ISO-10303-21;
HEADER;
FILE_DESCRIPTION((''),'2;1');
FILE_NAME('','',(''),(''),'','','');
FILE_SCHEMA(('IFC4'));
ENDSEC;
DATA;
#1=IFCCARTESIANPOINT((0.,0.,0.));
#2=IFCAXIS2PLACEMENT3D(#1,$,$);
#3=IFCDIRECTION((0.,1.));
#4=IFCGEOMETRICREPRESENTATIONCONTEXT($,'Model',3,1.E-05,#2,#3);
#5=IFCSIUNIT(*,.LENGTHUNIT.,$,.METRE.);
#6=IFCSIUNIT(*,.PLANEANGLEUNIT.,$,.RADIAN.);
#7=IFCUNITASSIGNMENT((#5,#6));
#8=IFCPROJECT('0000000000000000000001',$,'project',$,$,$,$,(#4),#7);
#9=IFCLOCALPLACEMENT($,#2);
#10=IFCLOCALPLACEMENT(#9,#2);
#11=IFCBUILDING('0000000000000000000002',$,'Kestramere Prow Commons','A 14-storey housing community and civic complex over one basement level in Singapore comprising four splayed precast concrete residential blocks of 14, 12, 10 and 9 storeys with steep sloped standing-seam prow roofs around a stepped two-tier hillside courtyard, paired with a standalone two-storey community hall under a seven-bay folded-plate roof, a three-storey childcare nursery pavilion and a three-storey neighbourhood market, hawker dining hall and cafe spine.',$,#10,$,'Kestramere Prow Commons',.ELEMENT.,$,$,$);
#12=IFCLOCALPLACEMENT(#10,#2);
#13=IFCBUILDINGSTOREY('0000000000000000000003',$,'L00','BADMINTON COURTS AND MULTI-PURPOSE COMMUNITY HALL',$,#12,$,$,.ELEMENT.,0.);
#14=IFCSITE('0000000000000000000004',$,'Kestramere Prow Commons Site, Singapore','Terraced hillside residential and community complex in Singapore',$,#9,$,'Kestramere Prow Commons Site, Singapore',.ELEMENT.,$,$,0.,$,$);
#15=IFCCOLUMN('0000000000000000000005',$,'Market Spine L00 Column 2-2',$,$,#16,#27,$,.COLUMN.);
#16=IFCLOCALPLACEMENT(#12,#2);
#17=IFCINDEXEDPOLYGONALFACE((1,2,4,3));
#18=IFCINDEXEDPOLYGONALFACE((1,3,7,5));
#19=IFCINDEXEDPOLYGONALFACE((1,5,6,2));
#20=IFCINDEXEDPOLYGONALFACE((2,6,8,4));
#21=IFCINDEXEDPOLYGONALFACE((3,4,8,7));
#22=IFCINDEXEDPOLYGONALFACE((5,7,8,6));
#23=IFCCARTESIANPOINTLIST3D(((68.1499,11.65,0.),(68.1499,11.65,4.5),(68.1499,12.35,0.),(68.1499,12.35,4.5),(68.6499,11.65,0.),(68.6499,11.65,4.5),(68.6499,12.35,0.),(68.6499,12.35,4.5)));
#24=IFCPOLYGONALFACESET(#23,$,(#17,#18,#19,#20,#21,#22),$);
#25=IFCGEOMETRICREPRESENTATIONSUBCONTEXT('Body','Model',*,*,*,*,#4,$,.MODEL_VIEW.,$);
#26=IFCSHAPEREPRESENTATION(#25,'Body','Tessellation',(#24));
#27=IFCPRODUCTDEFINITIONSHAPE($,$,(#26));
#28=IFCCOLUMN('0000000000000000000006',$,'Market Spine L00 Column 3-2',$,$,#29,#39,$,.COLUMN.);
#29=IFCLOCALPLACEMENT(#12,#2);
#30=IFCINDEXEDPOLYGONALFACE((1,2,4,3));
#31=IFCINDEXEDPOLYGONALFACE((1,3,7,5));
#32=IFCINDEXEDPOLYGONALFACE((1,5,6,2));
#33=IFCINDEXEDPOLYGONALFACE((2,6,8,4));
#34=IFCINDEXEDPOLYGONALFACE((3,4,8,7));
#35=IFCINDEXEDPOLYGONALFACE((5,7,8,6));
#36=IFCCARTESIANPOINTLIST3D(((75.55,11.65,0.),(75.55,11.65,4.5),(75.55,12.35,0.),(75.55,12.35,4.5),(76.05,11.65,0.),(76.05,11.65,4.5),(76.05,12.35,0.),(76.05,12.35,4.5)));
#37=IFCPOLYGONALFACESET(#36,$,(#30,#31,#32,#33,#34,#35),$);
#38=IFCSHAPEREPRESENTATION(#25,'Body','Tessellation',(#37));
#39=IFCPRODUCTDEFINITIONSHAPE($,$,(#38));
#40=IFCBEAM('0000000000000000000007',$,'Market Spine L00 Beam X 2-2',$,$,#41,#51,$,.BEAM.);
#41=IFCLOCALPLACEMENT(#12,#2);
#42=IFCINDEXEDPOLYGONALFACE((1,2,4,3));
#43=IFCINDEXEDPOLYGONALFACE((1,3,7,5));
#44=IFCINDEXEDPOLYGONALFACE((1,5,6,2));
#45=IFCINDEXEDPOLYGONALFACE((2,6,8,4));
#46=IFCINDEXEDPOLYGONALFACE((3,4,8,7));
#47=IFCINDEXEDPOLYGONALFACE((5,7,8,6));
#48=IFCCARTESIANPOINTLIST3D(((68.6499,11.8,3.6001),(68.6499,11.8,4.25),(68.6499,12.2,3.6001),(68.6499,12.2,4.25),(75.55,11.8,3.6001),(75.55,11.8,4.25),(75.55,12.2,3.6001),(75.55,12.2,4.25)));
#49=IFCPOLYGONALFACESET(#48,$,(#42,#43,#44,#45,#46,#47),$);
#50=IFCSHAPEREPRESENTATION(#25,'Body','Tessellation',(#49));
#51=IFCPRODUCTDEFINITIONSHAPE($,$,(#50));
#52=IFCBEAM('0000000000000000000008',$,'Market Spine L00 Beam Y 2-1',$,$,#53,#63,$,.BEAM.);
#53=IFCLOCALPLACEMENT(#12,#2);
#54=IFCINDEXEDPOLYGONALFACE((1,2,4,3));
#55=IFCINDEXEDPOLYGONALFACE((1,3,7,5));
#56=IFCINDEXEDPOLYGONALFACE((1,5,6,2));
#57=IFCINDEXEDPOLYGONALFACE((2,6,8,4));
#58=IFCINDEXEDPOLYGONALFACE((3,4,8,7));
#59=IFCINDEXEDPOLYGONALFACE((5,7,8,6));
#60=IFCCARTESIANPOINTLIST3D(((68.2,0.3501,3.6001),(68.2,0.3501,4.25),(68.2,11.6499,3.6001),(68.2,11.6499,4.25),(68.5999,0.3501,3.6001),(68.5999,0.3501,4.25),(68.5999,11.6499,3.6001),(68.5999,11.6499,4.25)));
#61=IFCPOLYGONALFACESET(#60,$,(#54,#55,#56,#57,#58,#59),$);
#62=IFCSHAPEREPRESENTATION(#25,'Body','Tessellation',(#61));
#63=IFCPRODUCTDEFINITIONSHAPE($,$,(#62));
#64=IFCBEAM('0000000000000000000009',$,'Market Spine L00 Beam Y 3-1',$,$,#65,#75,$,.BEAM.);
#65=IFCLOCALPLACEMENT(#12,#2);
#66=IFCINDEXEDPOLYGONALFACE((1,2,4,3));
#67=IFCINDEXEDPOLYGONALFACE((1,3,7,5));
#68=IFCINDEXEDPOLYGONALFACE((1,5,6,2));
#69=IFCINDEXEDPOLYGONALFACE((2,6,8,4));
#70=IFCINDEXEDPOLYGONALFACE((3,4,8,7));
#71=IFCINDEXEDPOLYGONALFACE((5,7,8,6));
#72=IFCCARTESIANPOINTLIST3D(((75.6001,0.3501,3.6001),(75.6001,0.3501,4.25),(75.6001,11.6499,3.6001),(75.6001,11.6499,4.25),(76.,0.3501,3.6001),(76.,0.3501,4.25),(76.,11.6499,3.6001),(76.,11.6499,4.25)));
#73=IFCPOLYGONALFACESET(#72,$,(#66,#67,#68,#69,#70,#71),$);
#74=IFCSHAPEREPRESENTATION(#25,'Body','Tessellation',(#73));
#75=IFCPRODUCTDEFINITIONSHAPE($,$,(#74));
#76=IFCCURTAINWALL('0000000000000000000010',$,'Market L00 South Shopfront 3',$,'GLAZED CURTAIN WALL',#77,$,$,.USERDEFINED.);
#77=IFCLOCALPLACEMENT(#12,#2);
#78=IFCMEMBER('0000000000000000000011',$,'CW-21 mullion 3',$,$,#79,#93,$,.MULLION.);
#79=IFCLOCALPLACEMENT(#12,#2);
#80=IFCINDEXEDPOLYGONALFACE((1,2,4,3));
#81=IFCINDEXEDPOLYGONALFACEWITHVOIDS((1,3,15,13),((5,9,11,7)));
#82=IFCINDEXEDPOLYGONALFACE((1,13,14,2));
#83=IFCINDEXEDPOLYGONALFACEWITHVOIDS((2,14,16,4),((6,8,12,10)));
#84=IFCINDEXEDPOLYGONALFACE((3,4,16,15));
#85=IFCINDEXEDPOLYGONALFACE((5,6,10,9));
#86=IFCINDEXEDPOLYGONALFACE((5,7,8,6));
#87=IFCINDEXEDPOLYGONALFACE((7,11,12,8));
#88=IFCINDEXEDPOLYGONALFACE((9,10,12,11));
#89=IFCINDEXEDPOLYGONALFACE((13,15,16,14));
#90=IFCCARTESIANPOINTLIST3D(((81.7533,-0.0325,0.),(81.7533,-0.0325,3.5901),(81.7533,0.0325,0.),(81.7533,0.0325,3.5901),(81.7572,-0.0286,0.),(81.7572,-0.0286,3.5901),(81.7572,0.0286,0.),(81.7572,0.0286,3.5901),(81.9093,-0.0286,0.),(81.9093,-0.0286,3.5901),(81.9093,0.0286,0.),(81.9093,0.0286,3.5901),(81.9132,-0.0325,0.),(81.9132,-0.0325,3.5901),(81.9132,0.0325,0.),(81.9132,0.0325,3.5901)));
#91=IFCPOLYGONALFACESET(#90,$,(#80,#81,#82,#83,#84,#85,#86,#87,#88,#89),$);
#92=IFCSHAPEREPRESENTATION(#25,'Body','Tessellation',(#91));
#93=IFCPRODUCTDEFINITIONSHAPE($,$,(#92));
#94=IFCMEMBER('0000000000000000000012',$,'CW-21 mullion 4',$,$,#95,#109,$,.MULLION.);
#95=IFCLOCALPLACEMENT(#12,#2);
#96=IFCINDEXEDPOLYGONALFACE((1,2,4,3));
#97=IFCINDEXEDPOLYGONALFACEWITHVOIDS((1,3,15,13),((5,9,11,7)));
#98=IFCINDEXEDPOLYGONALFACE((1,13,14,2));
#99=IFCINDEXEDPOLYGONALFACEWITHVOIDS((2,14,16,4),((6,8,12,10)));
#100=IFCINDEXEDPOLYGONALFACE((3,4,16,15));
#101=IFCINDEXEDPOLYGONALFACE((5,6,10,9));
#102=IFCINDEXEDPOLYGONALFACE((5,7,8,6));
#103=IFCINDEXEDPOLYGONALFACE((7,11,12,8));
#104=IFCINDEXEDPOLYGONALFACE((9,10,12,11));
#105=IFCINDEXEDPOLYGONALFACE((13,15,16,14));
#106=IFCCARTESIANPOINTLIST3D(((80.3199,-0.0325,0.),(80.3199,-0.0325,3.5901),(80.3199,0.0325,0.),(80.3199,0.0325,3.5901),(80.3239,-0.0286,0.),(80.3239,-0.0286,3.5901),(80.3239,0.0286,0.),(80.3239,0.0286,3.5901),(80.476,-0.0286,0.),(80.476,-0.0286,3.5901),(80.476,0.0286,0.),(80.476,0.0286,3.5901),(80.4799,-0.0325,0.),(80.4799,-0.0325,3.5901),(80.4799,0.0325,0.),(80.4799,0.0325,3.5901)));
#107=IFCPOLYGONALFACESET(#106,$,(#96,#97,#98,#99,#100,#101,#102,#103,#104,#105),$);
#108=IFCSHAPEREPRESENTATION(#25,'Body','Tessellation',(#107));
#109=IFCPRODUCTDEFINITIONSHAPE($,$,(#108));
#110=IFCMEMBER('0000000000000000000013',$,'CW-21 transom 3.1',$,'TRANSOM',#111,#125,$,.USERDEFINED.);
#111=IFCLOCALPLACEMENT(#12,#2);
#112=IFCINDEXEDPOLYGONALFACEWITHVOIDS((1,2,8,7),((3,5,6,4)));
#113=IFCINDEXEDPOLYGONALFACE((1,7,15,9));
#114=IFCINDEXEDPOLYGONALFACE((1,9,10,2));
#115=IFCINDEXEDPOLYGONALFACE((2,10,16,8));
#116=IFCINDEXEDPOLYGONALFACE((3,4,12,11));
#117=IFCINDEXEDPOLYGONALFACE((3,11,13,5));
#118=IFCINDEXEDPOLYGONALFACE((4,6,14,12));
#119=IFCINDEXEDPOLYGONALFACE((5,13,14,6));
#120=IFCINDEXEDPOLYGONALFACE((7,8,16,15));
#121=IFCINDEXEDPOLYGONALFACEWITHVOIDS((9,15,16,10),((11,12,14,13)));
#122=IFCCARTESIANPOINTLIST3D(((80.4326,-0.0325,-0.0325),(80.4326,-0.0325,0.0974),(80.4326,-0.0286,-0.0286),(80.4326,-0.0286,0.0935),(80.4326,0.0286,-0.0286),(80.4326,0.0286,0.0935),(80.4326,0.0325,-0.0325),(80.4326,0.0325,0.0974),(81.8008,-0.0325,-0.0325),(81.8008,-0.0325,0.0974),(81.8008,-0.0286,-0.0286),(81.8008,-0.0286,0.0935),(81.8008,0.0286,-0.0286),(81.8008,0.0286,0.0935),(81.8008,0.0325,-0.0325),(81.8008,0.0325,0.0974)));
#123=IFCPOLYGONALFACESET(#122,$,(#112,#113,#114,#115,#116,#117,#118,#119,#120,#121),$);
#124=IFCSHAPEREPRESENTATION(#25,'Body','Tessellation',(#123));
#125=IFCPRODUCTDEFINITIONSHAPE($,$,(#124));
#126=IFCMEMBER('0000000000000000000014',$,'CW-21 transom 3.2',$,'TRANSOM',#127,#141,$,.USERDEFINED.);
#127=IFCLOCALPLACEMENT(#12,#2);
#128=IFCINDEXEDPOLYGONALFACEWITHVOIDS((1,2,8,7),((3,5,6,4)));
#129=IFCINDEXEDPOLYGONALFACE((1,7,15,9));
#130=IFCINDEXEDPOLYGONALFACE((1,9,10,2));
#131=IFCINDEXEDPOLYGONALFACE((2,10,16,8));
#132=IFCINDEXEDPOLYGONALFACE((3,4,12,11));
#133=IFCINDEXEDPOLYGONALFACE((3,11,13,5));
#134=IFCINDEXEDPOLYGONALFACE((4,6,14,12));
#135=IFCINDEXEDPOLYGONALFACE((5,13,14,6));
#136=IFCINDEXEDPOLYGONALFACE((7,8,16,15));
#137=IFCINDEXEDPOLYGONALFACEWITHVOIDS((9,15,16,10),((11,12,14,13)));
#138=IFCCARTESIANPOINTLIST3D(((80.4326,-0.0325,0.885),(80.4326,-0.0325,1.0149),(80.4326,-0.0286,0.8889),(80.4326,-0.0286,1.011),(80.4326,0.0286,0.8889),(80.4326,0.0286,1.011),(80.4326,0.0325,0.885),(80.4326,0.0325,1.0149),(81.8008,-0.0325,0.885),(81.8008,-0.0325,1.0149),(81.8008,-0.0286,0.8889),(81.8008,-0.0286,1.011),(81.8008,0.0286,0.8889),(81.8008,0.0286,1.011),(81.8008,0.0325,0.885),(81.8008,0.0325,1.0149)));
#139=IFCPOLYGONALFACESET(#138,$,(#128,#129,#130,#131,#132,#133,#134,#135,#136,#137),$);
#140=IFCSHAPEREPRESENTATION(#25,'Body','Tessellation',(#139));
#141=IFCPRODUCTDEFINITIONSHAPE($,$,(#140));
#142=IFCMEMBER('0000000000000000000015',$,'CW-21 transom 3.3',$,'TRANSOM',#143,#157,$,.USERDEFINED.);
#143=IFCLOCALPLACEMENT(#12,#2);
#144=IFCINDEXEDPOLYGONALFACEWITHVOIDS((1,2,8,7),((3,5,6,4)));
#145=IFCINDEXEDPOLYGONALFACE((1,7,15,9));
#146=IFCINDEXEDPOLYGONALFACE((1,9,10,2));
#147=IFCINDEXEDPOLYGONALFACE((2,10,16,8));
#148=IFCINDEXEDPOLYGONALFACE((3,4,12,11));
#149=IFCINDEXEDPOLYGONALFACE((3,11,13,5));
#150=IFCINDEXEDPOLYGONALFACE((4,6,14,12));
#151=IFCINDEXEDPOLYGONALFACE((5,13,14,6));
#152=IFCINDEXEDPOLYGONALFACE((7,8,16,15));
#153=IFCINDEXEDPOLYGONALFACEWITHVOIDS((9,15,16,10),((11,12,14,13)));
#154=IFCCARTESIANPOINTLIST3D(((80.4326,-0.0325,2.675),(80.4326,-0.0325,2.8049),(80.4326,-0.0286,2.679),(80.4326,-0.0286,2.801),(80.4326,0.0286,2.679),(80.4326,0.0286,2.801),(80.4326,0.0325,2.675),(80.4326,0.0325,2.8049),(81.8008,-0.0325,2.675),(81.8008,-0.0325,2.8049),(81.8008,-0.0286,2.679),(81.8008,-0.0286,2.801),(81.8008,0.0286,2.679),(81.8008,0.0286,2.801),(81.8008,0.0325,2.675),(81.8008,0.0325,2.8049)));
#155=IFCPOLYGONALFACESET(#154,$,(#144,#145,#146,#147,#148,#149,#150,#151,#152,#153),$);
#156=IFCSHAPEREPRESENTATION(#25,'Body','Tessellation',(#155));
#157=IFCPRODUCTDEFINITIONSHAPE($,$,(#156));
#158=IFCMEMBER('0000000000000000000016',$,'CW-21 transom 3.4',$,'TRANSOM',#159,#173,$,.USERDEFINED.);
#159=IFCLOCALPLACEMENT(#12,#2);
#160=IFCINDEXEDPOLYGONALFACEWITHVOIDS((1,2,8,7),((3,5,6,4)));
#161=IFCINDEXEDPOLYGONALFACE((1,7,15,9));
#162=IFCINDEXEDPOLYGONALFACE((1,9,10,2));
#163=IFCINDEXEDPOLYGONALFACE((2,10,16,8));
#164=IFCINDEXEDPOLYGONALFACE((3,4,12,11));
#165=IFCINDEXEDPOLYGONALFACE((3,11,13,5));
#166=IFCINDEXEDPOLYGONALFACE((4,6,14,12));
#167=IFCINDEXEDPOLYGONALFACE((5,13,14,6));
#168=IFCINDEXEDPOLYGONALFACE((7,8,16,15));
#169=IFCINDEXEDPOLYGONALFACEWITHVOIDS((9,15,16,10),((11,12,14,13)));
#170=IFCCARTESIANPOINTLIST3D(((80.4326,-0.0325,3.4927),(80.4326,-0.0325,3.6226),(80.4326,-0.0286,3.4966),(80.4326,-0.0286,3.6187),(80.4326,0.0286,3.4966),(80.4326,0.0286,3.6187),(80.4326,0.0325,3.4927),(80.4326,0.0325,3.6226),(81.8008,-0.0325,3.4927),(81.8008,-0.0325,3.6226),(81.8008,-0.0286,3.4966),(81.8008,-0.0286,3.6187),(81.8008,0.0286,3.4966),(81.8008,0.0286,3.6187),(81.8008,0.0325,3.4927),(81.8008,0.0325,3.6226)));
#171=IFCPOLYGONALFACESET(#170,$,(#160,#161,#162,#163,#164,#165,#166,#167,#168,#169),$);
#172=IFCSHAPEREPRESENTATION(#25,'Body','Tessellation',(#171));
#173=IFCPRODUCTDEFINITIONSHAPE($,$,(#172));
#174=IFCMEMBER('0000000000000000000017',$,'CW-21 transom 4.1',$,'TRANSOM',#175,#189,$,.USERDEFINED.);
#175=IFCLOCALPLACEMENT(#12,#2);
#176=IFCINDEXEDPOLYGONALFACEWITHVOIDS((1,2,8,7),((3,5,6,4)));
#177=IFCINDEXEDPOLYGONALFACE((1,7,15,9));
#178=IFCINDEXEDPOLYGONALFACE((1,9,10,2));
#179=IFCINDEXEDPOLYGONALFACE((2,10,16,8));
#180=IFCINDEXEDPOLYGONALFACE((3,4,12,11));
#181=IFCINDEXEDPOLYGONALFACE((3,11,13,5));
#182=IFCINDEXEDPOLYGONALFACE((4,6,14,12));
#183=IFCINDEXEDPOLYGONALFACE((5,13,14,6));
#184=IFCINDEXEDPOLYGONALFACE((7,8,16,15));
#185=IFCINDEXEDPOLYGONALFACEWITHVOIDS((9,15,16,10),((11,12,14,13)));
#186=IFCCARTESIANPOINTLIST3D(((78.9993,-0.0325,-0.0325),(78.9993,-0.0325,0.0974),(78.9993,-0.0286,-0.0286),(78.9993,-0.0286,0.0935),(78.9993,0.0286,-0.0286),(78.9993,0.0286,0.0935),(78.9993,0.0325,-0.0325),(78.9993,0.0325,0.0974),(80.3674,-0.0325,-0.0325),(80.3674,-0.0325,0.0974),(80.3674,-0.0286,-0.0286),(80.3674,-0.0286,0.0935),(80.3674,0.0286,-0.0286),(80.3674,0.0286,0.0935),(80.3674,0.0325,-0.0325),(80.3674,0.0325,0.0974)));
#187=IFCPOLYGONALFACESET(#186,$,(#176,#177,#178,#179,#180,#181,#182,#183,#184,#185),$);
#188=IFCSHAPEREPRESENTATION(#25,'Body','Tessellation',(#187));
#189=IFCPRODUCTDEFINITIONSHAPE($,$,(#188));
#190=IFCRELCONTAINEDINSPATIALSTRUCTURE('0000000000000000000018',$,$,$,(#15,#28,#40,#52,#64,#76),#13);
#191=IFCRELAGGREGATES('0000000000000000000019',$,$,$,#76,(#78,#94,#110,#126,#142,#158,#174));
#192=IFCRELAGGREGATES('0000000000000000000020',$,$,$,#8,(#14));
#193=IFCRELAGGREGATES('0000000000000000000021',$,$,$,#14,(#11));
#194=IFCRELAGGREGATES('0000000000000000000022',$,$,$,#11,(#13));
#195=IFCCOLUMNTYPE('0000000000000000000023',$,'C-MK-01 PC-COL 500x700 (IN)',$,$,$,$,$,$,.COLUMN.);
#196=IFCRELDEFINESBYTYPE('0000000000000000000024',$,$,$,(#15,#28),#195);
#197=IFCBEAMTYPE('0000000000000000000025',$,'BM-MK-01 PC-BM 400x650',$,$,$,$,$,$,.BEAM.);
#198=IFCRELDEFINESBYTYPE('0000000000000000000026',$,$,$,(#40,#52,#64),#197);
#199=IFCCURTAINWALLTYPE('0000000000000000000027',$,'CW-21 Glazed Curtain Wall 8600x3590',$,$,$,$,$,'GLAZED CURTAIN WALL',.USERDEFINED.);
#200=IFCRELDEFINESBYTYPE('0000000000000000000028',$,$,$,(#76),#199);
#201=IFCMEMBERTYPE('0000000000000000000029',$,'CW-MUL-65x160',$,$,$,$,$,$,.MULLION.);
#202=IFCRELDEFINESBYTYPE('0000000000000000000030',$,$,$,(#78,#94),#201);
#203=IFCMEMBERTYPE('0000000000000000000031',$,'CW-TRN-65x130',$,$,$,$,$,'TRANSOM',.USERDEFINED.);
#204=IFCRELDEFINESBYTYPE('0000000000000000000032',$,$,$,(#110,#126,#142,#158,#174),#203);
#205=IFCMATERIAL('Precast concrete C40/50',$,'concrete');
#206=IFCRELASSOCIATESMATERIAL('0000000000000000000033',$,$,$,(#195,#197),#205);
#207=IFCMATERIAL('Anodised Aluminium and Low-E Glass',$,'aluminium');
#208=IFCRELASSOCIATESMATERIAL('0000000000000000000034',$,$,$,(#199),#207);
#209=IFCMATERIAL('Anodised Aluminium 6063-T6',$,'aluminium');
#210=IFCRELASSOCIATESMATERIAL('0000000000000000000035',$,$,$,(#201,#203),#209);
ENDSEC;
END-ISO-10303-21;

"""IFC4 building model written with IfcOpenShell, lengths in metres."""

from ifc_helpers import new_model, si_unit, direction, frame, origin, origin_2d, place, context, subcontext, project, spatial, rectangle, hollow_rectangle, extrude, material, material_profile, profile_set, type_object, element, aggregate, save


model = new_model("IFC4")

# Units and contexts
model_context = context("Model", 3, precision=1e-05, world=origin(), true_north=direction((0.0, 1.0)))
body_context = subcontext(model_context, "Body", "Model", "MODEL_VIEW")
ifc_project = project(units=[si_unit("LENGTHUNIT", "METRE"), si_unit("PLANEANGLEUNIT", "RADIAN")], contexts=[model_context])

# Site, building, storey
site_placement = place(None, origin())
site = spatial("IfcSite", under=ifc_project, at=site_placement, Name="Kestramere Prow Commons Site, Singapore", Description="Terraced hillside residential and community complex in Singapore", LongName="Kestramere Prow Commons Site, Singapore", CompositionType="ELEMENT", RefElevation=0.0)
building_placement = place(site_placement, origin())
building = spatial("IfcBuilding", under=site, at=building_placement, Name="Kestramere Prow Commons", Description="A 14-storey housing community and civic complex over one basement level in Singapore comprising four splayed precast concrete residential blocks of 14, 12, 10 and 9 storeys with steep sloped standing-seam prow roofs around a stepped two-tier hillside courtyard, paired with a standalone two-storey community hall under a seven-bay folded-plate roof, a three-storey childcare nursery pavilion and a three-storey neighbourhood market, hawker dining hall and cafe spine.", LongName="Kestramere Prow Commons", CompositionType="ELEMENT")
storey_placement = place(building_placement, origin())
storey = spatial("IfcBuildingStorey", under=building, at=storey_placement, Name="L00", Description="BADMINTON COURTS AND MULTI-PURPOSE COMMUNITY HALL", CompositionType="ELEMENT", Elevation=0.0)

# Columns
ifc_material_1 = material(Name="Precast concrete C40/50", Category="concrete")
ifc_material_profile_1 = material_profile(ifc_material_1, rectangle(XDim=0.5, YDim=0.7, at=origin_2d()), Name="PC-COL 500x700")
ifc_profile_set_1 = profile_set([ifc_material_profile_1], Name="Precast concrete C40/50")
column_type = type_object("IfcColumnType", Name="C-MK-01 PC-COL 500x700 (IN)", PredefinedType="COLUMN", material=ifc_profile_set_1)
for number, where, z_axis, x_axis, name in (
    (1, (68.3999, 12.0, 0.0), (0.0, 0.0, 1.0), (1.0, 0.0, 0.0), "Market Spine L00 Column 2-2"),
    (2, (75.8, 12.0, 0.0), (0.0, 0.0, 1.0), (1.0, 0.0, 0.0), "Market Spine L00 Column 3-2"),
):
    element("IfcColumn", number, at=place(storey_placement, frame(where, z_axis=z_axis, x_axis=x_axis)), inside=storey, type_object=column_type, Name=name, PredefinedType="COLUMN", context=body_context, shape_type="SweptSolid", body=[
        extrude(rectangle(XDim=0.5, YDim=0.7, at=origin_2d()), origin(), (0.0, 0.0, 1.0), 4.5),
    ])

# Beams
ifc_material_profile_2 = material_profile(ifc_material_1, rectangle(XDim=0.3999, YDim=0.6499, at=origin_2d()), Name="PC-BM 400x650")
ifc_profile_set_2 = profile_set([ifc_material_profile_2], Name="Precast concrete C40/50")
beam_type_1 = type_object("IfcBeamType", Name="BM-MK-01 PC-BM 400x650", PredefinedType="BEAM", material=ifc_profile_set_2)
beam_placement = place(storey_placement, frame((68.6499, 12.0, 3.925), z_axis=(1.0, 0.0, 0.0), x_axis=(0.0, 1.0, 0.0)))
element("IfcBeam", 3, at=beam_placement, inside=storey, type_object=beam_type_1, Name="Market Spine L00 Beam X 2-2", PredefinedType="BEAM", context=body_context, shape_type="SweptSolid", body=[
    extrude(rectangle(XDim=0.3999, YDim=0.6499, at=origin_2d()), origin(), (0.0, 0.0, 1.0), 6.9001),
])
for number, where, z_axis, x_axis, name in (
    (4, (68.3999, 0.3501, 3.925), (0.0, 1.0, 0.0), (-1.0, 0.0, 0.0), "Market Spine L00 Beam Y 2-1"),
    (5, (75.8, 0.3501, 3.925), (0.0, 1.0, 0.0), (-1.0, 0.0, 0.0), "Market Spine L00 Beam Y 3-1"),
):
    element("IfcBeam", number, at=place(storey_placement, frame(where, z_axis=z_axis, x_axis=x_axis)), inside=storey, type_object=beam_type_1, Name=name, PredefinedType="BEAM", context=body_context, shape_type="SweptSolid", body=[
        extrude(rectangle(XDim=0.3999, YDim=0.6499, at=origin_2d()), origin(), (0.0, 0.0, 1.0), 11.2998),
    ])

# Curtain wall, members
ifc_material_2 = material(Name="Anodised Aluminium and Low-E Glass", Category="aluminium")
curtain_wall_type = type_object("IfcCurtainWallType", Name="CW-21 Glazed Curtain Wall 8600x3590", ElementType="GLAZED CURTAIN WALL", PredefinedType="USERDEFINED", material=ifc_material_2)
curtain_wall_placement = place(storey_placement, origin())
curtain_wall = element("IfcCurtainWall", 6, at=curtain_wall_placement, inside=storey, type_object=curtain_wall_type, Name="Market L00 South Shopfront 3", ObjectType="GLAZED CURTAIN WALL", PredefinedType="USERDEFINED")
ifc_material_3 = material(Name="Anodised Aluminium 6063-T6", Category="aluminium")
ifc_material_profile_3 = material_profile(ifc_material_3, hollow_rectangle(XDim=0.0649, YDim=0.1599, WallThickness=0.0039, at=origin_2d()), Name="ALU-MUL 65x160")
ifc_profile_set_3 = profile_set([ifc_material_profile_3], Name="Anodised Aluminium 6063-T6")
member_type_1 = type_object("IfcMemberType", Name="CW-MUL-65x160", PredefinedType="MULLION", material=ifc_profile_set_3)
member_1_placement = place(storey_placement, frame((81.8333, 0.0, 0.0), z_axis=(0.0, 0.0, 1.0), x_axis=(0.0, -1.0, 0.0)))
member_1 = element("IfcMember", 7, at=member_1_placement, type_object=member_type_1, Name="CW-21 mullion 3", PredefinedType="MULLION", context=body_context, shape_type="SweptSolid", body=[
    extrude(hollow_rectangle(XDim=0.0649, YDim=0.1599, WallThickness=0.0039, at=origin_2d()), origin(), (0.0, 0.0, 1.0), 3.5901),
])
member_2_placement = place(storey_placement, frame((80.3999, 0.0, 0.0), z_axis=(0.0, 0.0, 1.0), x_axis=(0.0, -1.0, 0.0)))
member_2 = element("IfcMember", 8, at=member_2_placement, type_object=member_type_1, Name="CW-21 mullion 4", PredefinedType="MULLION", context=body_context, shape_type="SweptSolid", body=[
    extrude(hollow_rectangle(XDim=0.0649, YDim=0.1599, WallThickness=0.0039, at=origin_2d()), origin(), (0.0, 0.0, 1.0), 3.5901),
])
ifc_material_profile_4 = material_profile(ifc_material_3, hollow_rectangle(XDim=0.0649, YDim=0.1299, WallThickness=0.0039, at=origin_2d()), Name="ALU-TRN 65x130")
ifc_profile_set_4 = profile_set([ifc_material_profile_4], Name="Anodised Aluminium 6063-T6")
member_type_2 = type_object("IfcMemberType", Name="CW-TRN-65x130", ElementType="TRANSOM", PredefinedType="USERDEFINED", material=ifc_profile_set_4)
member_3_placement = place(storey_placement, frame((81.8008, 0.0, 0.0325), z_axis=(-1.0, 0.0, 0.0), x_axis=(0.0, -1.0, 0.0)))
member_3 = element("IfcMember", 9, at=member_3_placement, type_object=member_type_2, Name="CW-21 transom 3.1", ObjectType="TRANSOM", PredefinedType="USERDEFINED", context=body_context, shape_type="SweptSolid", body=[
    extrude(hollow_rectangle(XDim=0.0649, YDim=0.1299, WallThickness=0.0039, at=origin_2d()), origin(), (0.0, 0.0, 1.0), 1.3682),
])
member_4_placement = place(storey_placement, frame((81.8008, 0.0, 0.95), z_axis=(-1.0, 0.0, 0.0), x_axis=(0.0, -1.0, 0.0)))
member_4 = element("IfcMember", 10, at=member_4_placement, type_object=member_type_2, Name="CW-21 transom 3.2", ObjectType="TRANSOM", PredefinedType="USERDEFINED", context=body_context, shape_type="SweptSolid", body=[
    extrude(hollow_rectangle(XDim=0.0649, YDim=0.1299, WallThickness=0.0039, at=origin_2d()), origin(), (0.0, 0.0, 1.0), 1.3682),
])
member_5_placement = place(storey_placement, frame((81.8008, 0.0, 2.74), z_axis=(-1.0, 0.0, 0.0), x_axis=(0.0, -1.0, 0.0)))
member_5 = element("IfcMember", 11, at=member_5_placement, type_object=member_type_2, Name="CW-21 transom 3.3", ObjectType="TRANSOM", PredefinedType="USERDEFINED", context=body_context, shape_type="SweptSolid", body=[
    extrude(hollow_rectangle(XDim=0.0649, YDim=0.1299, WallThickness=0.0039, at=origin_2d()), origin(), (0.0, 0.0, 1.0), 1.3682),
])
member_6_placement = place(storey_placement, frame((81.8008, 0.0, 3.5576), z_axis=(-1.0, 0.0, 0.0), x_axis=(0.0, -1.0, 0.0)))
member_6 = element("IfcMember", 12, at=member_6_placement, type_object=member_type_2, Name="CW-21 transom 3.4", ObjectType="TRANSOM", PredefinedType="USERDEFINED", context=body_context, shape_type="SweptSolid", body=[
    extrude(hollow_rectangle(XDim=0.0649, YDim=0.1299, WallThickness=0.0039, at=origin_2d()), origin(), (0.0, 0.0, 1.0), 1.3682),
])
member_7_placement = place(storey_placement, frame((80.3674, 0.0, 0.0325), z_axis=(-1.0, 0.0, 0.0), x_axis=(0.0, -1.0, 0.0)))
member_7 = element("IfcMember", 13, at=member_7_placement, type_object=member_type_2, Name="CW-21 transom 4.1", ObjectType="TRANSOM", PredefinedType="USERDEFINED", context=body_context, shape_type="SweptSolid", body=[
    extrude(hollow_rectangle(XDim=0.0649, YDim=0.1299, WallThickness=0.0039, at=origin_2d()), origin(), (0.0, 0.0, 1.0), 1.3682),
])

aggregate(curtain_wall, [member_1, member_2, member_3, member_4, member_5, member_6, member_7])

save(model, "model.ifc")
